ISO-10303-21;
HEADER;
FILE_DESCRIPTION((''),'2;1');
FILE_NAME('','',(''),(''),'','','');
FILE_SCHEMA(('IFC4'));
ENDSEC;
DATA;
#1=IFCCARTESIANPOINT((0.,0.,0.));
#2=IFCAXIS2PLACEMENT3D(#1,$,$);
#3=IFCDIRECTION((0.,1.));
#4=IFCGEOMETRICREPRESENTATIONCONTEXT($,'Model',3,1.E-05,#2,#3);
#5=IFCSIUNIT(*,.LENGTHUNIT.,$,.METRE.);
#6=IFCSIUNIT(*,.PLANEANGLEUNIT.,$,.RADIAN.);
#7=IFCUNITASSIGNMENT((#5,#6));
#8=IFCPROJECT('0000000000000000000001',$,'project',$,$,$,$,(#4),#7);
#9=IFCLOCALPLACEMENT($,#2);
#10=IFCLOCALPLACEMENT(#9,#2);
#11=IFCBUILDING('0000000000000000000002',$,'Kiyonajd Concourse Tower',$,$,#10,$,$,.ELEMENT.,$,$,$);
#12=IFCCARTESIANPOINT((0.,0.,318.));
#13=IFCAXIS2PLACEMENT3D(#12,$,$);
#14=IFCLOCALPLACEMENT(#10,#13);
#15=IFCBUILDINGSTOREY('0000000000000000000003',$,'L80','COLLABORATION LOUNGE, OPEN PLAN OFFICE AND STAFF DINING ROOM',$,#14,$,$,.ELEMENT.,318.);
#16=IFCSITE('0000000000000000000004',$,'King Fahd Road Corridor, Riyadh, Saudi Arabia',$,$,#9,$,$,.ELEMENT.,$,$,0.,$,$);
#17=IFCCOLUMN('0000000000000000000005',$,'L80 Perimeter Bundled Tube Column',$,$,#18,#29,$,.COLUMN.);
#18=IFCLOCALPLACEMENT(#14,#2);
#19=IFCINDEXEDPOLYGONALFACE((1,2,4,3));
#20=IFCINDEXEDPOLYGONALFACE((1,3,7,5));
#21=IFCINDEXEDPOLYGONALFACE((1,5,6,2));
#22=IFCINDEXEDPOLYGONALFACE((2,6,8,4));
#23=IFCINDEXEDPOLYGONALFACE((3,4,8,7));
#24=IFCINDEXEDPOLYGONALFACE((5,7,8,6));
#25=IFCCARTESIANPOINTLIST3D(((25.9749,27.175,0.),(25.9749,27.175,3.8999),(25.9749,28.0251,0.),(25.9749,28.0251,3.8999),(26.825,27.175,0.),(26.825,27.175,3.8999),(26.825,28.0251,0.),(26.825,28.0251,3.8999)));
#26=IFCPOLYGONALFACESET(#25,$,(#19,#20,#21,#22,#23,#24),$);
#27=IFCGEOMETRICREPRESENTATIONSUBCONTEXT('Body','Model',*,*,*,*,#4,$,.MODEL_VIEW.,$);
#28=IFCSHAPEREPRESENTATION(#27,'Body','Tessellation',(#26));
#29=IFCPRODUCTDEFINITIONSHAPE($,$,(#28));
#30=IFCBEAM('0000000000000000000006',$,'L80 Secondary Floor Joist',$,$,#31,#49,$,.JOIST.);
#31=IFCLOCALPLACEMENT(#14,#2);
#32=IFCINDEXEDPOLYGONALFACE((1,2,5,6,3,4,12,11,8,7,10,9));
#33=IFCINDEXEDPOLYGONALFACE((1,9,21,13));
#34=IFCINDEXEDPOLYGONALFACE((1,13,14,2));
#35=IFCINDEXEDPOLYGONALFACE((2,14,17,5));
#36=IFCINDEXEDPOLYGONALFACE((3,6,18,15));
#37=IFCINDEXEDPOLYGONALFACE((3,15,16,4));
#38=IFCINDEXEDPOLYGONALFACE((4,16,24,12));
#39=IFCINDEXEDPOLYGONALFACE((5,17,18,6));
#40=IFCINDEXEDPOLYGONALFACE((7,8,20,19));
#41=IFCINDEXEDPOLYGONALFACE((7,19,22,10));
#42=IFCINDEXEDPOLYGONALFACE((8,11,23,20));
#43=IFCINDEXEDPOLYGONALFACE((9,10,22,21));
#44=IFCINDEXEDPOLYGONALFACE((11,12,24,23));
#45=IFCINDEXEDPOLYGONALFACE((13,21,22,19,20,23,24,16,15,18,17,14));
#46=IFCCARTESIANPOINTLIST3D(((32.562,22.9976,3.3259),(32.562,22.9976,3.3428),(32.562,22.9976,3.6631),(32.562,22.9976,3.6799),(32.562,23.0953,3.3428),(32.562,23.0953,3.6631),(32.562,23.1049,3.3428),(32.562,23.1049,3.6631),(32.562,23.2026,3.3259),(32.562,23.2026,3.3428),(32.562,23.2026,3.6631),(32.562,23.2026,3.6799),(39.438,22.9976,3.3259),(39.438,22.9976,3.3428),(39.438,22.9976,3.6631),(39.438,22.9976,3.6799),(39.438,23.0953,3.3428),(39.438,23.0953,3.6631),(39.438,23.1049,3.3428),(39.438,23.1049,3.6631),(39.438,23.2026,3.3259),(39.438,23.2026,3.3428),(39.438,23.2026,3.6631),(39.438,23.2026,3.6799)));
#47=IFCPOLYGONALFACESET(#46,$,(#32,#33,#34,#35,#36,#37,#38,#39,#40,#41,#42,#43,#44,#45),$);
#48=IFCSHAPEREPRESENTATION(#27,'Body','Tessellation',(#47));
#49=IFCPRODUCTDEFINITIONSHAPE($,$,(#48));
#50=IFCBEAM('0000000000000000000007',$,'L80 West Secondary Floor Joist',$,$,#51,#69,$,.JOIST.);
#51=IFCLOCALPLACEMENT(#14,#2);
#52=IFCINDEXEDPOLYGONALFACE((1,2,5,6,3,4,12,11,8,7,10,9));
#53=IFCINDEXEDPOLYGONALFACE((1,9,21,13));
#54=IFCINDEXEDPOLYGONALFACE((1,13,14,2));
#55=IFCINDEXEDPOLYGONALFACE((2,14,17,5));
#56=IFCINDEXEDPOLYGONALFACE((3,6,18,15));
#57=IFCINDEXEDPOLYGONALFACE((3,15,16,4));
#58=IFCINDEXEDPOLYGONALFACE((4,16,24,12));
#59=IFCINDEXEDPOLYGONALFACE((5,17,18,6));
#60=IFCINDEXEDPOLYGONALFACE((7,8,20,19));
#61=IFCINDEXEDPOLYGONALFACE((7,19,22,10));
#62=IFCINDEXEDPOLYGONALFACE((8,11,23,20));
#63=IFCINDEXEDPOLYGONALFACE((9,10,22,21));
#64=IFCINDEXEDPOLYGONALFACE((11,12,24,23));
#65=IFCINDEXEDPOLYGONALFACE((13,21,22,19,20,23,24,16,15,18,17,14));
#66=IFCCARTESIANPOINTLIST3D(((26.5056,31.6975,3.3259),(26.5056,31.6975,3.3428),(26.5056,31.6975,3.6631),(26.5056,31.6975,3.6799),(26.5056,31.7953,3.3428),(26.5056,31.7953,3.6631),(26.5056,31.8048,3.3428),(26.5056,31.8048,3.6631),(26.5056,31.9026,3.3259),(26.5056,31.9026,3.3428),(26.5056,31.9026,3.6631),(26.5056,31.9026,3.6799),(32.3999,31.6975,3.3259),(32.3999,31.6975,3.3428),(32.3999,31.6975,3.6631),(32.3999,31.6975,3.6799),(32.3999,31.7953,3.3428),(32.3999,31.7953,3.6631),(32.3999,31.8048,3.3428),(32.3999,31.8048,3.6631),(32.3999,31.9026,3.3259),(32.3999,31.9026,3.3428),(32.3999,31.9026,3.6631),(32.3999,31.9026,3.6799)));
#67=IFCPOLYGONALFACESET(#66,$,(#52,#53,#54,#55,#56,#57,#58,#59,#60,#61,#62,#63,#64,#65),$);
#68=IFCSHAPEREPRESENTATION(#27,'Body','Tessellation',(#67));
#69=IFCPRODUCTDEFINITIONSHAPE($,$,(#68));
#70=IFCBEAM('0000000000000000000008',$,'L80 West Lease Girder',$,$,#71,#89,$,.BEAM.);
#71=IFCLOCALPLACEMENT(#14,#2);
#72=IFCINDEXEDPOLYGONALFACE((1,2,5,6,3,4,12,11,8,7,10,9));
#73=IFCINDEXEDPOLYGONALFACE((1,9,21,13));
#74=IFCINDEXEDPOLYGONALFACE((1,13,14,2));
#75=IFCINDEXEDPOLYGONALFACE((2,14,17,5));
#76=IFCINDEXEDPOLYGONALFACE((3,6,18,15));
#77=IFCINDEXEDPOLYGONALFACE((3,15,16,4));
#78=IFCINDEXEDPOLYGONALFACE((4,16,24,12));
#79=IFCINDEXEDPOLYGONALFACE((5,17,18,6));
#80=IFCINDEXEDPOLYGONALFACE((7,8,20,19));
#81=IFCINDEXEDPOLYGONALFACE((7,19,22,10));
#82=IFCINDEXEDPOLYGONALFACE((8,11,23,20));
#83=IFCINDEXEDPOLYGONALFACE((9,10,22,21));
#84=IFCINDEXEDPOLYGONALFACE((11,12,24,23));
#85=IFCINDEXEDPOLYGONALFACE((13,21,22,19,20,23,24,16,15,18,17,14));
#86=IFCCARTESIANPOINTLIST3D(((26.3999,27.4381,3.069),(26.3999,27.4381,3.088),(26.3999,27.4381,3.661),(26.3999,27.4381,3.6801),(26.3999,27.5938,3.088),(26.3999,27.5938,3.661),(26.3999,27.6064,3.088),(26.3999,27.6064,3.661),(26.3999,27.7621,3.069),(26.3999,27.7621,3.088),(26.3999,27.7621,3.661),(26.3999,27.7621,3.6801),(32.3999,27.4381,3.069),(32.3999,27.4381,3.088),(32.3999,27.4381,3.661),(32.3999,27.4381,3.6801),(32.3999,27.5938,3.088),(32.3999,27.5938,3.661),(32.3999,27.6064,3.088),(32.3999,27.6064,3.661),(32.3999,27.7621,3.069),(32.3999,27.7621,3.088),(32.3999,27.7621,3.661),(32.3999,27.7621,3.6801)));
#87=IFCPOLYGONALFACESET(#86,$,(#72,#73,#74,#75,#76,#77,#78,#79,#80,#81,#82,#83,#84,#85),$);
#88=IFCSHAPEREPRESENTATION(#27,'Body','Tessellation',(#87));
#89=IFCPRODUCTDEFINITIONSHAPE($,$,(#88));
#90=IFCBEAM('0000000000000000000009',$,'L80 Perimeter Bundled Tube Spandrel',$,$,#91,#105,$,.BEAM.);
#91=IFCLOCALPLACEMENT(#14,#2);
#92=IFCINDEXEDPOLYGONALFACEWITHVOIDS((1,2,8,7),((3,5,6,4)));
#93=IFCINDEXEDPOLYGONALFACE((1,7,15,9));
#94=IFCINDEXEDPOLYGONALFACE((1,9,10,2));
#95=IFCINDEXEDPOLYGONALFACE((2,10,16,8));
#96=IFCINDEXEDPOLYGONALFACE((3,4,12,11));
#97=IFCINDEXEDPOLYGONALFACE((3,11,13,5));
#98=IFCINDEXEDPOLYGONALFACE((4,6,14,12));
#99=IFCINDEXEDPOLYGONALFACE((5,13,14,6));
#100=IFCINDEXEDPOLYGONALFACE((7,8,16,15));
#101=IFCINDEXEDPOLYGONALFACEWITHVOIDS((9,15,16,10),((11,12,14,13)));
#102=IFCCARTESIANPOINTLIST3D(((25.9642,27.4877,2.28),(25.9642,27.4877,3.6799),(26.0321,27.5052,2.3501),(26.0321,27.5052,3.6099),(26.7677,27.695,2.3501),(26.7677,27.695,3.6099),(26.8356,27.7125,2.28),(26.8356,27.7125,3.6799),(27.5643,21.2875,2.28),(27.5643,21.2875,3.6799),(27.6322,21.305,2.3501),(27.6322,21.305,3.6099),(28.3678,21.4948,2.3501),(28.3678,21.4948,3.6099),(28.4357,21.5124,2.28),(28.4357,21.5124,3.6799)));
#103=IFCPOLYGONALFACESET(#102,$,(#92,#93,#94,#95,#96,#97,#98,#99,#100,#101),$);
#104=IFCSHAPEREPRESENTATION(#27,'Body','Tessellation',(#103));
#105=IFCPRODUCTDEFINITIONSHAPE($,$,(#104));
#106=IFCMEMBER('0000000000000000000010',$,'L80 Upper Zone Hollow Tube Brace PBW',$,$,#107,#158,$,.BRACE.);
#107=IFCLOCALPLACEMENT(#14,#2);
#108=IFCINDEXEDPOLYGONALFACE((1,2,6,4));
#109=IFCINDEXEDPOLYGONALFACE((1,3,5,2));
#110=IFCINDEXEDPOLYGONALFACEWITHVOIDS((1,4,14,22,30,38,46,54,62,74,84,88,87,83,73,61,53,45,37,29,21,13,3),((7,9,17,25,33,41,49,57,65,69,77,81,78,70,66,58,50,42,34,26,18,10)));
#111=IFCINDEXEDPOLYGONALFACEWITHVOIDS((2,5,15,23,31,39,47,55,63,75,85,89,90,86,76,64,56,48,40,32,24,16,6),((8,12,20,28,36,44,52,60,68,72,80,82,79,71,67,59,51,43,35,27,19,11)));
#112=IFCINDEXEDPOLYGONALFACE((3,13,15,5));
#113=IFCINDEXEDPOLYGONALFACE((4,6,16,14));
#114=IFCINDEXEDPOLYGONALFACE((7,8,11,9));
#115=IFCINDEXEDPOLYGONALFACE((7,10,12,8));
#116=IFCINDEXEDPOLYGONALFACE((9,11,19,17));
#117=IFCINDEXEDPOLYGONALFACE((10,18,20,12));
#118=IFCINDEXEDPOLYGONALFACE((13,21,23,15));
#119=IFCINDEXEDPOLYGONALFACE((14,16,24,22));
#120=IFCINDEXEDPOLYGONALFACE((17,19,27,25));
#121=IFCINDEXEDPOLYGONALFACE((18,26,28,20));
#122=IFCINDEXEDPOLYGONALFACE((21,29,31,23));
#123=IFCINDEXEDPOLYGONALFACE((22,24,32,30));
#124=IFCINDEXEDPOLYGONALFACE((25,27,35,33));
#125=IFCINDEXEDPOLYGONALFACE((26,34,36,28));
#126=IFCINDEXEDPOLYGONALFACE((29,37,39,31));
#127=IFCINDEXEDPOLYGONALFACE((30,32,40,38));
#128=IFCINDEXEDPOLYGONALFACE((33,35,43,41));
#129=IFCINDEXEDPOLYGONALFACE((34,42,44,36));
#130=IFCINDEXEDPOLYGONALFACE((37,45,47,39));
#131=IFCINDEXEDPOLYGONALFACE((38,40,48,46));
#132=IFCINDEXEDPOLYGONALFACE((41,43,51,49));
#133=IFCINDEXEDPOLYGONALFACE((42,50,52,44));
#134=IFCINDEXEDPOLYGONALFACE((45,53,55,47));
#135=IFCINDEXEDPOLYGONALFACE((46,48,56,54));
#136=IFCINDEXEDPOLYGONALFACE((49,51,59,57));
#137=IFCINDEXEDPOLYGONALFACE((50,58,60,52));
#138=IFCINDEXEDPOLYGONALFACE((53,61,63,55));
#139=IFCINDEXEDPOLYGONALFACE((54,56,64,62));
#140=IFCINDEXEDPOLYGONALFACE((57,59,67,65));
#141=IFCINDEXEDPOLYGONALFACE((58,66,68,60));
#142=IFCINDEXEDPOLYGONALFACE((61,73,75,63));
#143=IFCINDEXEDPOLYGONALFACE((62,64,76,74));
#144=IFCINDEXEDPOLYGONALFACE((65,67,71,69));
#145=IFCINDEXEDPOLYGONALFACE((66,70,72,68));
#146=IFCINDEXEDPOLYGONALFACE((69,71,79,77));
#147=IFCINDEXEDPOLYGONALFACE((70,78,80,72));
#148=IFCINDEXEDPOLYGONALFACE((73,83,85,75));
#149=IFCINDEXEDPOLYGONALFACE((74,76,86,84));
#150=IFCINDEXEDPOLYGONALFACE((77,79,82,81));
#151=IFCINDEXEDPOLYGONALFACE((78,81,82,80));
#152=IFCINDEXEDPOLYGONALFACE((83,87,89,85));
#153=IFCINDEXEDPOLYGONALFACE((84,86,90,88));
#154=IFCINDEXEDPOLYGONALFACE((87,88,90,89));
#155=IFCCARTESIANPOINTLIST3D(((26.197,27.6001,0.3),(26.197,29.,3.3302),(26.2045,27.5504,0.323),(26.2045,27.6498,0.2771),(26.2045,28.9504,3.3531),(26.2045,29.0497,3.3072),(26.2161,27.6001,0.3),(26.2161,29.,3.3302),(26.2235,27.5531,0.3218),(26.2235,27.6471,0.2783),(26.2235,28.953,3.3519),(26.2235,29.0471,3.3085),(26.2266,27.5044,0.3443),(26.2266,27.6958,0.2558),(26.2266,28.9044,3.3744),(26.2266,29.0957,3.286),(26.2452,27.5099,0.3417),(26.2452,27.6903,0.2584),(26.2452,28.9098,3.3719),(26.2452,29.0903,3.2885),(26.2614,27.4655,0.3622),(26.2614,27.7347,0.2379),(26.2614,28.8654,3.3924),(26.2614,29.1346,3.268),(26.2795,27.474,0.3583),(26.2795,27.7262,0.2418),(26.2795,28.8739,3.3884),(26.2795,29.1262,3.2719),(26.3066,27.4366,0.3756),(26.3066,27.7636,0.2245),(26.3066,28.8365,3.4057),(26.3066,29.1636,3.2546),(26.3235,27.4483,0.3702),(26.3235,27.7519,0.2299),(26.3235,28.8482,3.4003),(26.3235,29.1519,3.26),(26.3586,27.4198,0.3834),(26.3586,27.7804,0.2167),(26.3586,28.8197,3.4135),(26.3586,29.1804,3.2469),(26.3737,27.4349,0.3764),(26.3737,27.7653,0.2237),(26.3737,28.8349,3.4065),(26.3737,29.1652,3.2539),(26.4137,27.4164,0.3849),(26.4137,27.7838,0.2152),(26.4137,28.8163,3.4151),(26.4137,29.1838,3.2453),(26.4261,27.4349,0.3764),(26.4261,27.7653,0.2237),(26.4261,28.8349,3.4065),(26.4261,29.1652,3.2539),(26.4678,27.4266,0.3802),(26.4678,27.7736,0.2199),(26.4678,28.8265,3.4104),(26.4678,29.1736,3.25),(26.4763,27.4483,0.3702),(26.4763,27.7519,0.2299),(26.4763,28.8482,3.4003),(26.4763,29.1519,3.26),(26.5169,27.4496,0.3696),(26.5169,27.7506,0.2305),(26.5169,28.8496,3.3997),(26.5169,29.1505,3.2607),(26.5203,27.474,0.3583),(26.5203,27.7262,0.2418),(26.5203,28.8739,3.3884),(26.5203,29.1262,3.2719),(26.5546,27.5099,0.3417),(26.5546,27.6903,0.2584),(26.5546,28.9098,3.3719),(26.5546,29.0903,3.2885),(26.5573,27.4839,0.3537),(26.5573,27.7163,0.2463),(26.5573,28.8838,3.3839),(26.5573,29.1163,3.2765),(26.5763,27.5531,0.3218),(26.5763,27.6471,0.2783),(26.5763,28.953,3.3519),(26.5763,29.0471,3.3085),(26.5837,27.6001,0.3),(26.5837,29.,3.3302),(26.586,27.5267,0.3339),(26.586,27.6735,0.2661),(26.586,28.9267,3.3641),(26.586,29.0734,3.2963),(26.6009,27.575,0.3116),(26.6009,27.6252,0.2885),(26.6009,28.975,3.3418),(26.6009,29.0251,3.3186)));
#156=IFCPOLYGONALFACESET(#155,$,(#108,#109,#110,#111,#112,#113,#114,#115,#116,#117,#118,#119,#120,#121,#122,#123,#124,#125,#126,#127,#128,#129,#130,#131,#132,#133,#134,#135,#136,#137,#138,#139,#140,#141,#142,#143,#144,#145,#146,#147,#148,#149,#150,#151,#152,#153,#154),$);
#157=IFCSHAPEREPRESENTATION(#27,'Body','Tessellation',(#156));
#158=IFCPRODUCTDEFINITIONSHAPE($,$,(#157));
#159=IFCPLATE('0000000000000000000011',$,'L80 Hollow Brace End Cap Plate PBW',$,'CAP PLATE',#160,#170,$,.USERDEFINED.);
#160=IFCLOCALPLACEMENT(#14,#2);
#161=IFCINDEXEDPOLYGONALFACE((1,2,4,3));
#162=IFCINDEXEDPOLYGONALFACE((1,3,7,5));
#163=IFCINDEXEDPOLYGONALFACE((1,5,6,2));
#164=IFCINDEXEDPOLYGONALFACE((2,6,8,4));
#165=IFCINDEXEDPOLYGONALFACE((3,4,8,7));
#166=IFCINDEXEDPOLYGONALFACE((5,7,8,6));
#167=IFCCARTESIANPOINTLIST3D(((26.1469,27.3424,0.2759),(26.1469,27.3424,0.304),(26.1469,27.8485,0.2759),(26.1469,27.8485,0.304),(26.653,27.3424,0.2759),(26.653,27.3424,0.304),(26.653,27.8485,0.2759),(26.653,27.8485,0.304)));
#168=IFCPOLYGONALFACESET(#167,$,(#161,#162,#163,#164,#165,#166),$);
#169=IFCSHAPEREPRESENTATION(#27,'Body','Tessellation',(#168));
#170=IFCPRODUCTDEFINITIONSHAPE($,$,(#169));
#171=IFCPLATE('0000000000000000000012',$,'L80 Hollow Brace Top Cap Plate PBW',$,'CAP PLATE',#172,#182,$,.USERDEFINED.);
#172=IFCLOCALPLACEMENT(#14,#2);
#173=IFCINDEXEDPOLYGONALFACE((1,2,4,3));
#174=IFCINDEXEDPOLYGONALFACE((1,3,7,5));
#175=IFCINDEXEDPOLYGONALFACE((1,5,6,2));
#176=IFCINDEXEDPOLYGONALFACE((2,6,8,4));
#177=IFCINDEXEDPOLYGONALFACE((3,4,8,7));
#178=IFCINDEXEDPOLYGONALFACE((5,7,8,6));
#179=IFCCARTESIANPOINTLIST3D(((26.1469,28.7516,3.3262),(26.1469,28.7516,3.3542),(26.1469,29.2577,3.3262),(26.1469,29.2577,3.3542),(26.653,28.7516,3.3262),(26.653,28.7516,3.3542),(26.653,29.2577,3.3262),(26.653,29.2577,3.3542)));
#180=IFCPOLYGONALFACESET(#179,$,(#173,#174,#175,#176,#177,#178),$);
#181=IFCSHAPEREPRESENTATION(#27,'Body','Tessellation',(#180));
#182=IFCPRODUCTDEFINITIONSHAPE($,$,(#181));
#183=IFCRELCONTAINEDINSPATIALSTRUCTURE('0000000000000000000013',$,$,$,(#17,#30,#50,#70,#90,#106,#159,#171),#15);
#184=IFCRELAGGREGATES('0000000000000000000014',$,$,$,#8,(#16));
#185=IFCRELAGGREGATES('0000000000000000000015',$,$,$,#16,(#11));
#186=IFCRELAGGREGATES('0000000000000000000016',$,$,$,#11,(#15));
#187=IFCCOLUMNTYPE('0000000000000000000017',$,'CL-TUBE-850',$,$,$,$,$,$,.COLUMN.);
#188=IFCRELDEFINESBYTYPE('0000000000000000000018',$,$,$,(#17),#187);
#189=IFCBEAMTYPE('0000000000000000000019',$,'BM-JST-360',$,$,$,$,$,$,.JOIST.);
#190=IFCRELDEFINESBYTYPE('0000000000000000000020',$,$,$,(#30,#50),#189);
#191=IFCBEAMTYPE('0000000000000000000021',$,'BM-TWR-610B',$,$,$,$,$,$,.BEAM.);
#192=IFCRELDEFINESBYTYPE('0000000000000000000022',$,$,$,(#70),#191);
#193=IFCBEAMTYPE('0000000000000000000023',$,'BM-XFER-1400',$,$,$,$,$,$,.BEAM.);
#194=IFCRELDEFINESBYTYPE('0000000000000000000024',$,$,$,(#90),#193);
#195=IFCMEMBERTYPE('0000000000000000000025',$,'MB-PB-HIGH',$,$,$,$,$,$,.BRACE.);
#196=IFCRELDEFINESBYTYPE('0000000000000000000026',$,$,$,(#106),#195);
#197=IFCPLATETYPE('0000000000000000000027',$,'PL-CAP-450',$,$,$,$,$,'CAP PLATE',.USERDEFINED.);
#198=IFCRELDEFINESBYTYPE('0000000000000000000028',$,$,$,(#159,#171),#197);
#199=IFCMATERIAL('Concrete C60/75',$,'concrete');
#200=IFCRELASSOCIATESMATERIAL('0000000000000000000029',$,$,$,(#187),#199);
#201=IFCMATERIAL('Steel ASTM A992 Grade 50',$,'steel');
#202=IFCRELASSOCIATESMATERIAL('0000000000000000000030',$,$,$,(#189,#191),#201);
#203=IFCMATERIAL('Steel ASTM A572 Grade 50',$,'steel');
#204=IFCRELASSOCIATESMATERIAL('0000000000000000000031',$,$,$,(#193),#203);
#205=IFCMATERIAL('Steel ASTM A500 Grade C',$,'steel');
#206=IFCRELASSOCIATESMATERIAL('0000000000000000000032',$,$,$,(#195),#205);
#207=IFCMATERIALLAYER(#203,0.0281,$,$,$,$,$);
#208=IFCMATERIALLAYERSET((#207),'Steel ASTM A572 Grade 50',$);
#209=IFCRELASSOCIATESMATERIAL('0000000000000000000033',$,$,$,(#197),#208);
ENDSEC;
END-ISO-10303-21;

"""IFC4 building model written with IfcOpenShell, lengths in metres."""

from ifc_helpers import new_model, si_unit, direction, frame, origin, origin_2d, place, context, subcontext, project, spatial, rectangle, hollow_rectangle, hollow_circle, i_section, extrude, material, layer, layer_set, material_profile, profile_set, type_object, element, save


model = new_model("IFC4")

# Units and contexts
model_context = context("Model", 3, precision=1e-05, world=origin(), true_north=direction((0.0, 1.0)))
body_context = subcontext(model_context, "Body", "Model", "MODEL_VIEW")
ifc_project = project(units=[si_unit("LENGTHUNIT", "METRE"), si_unit("PLANEANGLEUNIT", "RADIAN")], contexts=[model_context])

# Site, building, storey
site_placement = place(None, origin())
site = spatial("IfcSite", under=ifc_project, at=site_placement, Name="King Fahd Road Corridor, Riyadh, Saudi Arabia", CompositionType="ELEMENT", RefElevation=0.0)
building_placement = place(site_placement, origin())
building = spatial("IfcBuilding", under=site, at=building_placement, Name="Kiyonajd Concourse Tower", CompositionType="ELEMENT")
storey_placement = place(building_placement, frame((0.0, 0.0, 318.0)))
storey = spatial("IfcBuildingStorey", under=building, at=storey_placement, Name="L80", Description="COLLABORATION LOUNGE, OPEN PLAN OFFICE AND STAFF DINING ROOM", CompositionType="ELEMENT", Elevation=318.0)

# Column
ifc_material_1 = material(Name="Concrete C60/75", Category="concrete")
ifc_material_profile_1 = material_profile(ifc_material_1, rectangle(XDim=0.8501, YDim=0.8501, at=origin_2d()), Name="RC-850x850")
ifc_profile_set_1 = profile_set([ifc_material_profile_1], Name="Concrete C60/75")
column_type = type_object("IfcColumnType", Name="CL-TUBE-850", PredefinedType="COLUMN", material=ifc_profile_set_1)
column_placement = place(storey_placement, frame((26.3999, 27.6001, 0.0), z_axis=(0.0, 0.0, 1.0), x_axis=(1.0, 0.0, 0.0)))
element("IfcColumn", 1, at=column_placement, inside=storey, type_object=column_type, Name="L80 Perimeter Bundled Tube Column", PredefinedType="COLUMN", context=body_context, shape_type="SweptSolid", body=[
    extrude(rectangle(XDim=0.8501, YDim=0.8501, at=origin_2d()), origin(), (0.0, 0.0, 1.0), 3.8999),
])

# Beams
ifc_material_2 = material(Name="Steel ASTM A992 Grade 50", Category="steel")
ifc_material_profile_2 = material_profile(ifc_material_2, i_section(OverallWidth=0.2051, OverallDepth=0.354, WebThickness=0.0095, FlangeThickness=0.0168, at=origin_2d()), Name="W360X79")
ifc_profile_set_2 = profile_set([ifc_material_profile_2], Name="Steel ASTM A992 Grade 50")
beam_type_1 = type_object("IfcBeamType", Name="BM-JST-360", PredefinedType="JOIST", material=ifc_profile_set_2)
beam_1_placement = place(storey_placement, frame((32.562, 23.1001, 3.5029), z_axis=(1.0, 0.0, 0.0), x_axis=(0.0, 1.0, 0.0)))
element("IfcBeam", 2, at=beam_1_placement, inside=storey, type_object=beam_type_1, Name="L80 Secondary Floor Joist", PredefinedType="JOIST", context=body_context, shape_type="SweptSolid", body=[
    extrude(i_section(OverallWidth=0.2051, OverallDepth=0.354, WebThickness=0.0095, FlangeThickness=0.0168, at=origin_2d()), origin(), (0.0, 0.0, 1.0), 6.876),
])
beam_2_placement = place(storey_placement, frame((26.5056, 31.8, 3.5029), z_axis=(1.0, 0.0, 0.0), x_axis=(0.0, 1.0, 0.0)))
element("IfcBeam", 3, at=beam_2_placement, inside=storey, type_object=beam_type_1, Name="L80 West Secondary Floor Joist", PredefinedType="JOIST", context=body_context, shape_type="SweptSolid", body=[
    extrude(i_section(OverallWidth=0.2051, OverallDepth=0.354, WebThickness=0.0095, FlangeThickness=0.0168, at=origin_2d()), origin(), (0.0, 0.0, 1.0), 5.8943),
])
ifc_material_profile_3 = material_profile(ifc_material_2, i_section(OverallWidth=0.324, OverallDepth=0.6111, WebThickness=0.0127, FlangeThickness=0.019, at=origin_2d()), Name="W610X155")
ifc_profile_set_3 = profile_set([ifc_material_profile_3], Name="Steel ASTM A992 Grade 50")
beam_type_2 = type_object("IfcBeamType", Name="BM-TWR-610B", PredefinedType="BEAM", material=ifc_profile_set_3)
beam_3_placement = place(storey_placement, frame((26.3999, 27.6001, 3.3745), z_axis=(1.0, 0.0, 0.0), x_axis=(0.0, 1.0, 0.0)))
element("IfcBeam", 4, at=beam_3_placement, inside=storey, type_object=beam_type_2, Name="L80 West Lease Girder", PredefinedType="BEAM", context=body_context, shape_type="SweptSolid", body=[
    extrude(i_section(OverallWidth=0.324, OverallDepth=0.6111, WebThickness=0.0127, FlangeThickness=0.019, at=origin_2d()), origin(), (0.0, 0.0, 1.0), 6.0),
])
ifc_material_3 = material(Name="Steel ASTM A572 Grade 50", Category="steel")
ifc_material_profile_4 = material_profile(ifc_material_3, hollow_rectangle(XDim=0.8999, YDim=1.3999, WallThickness=0.0701, at=origin_2d()), Name="BOX-1400x900x70")
ifc_profile_set_4 = profile_set([ifc_material_profile_4], Name="Steel ASTM A572 Grade 50")
beam_type_3 = type_object("IfcBeamType", Name="BM-XFER-1400", PredefinedType="BEAM", material=ifc_profile_set_4)
beam_4_placement = place(storey_placement, frame((26.3999, 27.6001, 2.98), z_axis=(0.249885, -0.968276, 0.0), x_axis=(0.968276, 0.249885, 0.0)))
element("IfcBeam", 5, at=beam_4_placement, inside=storey, type_object=beam_type_3, Name="L80 Perimeter Bundled Tube Spandrel", PredefinedType="BEAM", context=body_context, shape_type="SweptSolid", body=[
    extrude(hollow_rectangle(XDim=0.8999, YDim=1.3999, WallThickness=0.0701, at=origin_2d()), origin(), (0.0, 0.0, 1.0), 6.4033),
])

# Member
ifc_material_4 = material(Name="Steel ASTM A500 Grade C", Category="steel")
ifc_material_profile_5 = material_profile(ifc_material_4, hollow_circle(Radius=0.2029, WallThickness=0.019, at=origin_2d()), Name="CHS-406x19")
ifc_profile_set_5 = profile_set([ifc_material_profile_5], Name="Steel ASTM A500 Grade C")
member_type = type_object("IfcMemberType", Name="MB-PB-HIGH", PredefinedType="BRACE", material=ifc_profile_set_5)
member_placement = place(storey_placement, frame((26.3999, 27.6001, 0.3), z_axis=(0.0, 0.419411, 0.907797), x_axis=(-1.0, 0.0, 0.0)))
element("IfcMember", 6, at=member_placement, inside=storey, type_object=member_type, Name="L80 Upper Zone Hollow Tube Brace PBW", PredefinedType="BRACE", context=body_context, shape_type="SweptSolid", body=[
    extrude(hollow_circle(Radius=0.2029, WallThickness=0.019, at=origin_2d()), origin(), (0.0, 0.0, 1.0), 3.3379),
])

# Plates
ifc_layer_1 = layer(ifc_material_3, 0.0281)
ifc_layer_set_1 = layer_set([ifc_layer_1], Name="Steel ASTM A572 Grade 50")
plate_type_1 = type_object("IfcPlateType", Name="PL-CAP-450", ElementType="CAP PLATE", PredefinedType="USERDEFINED", material=ifc_layer_set_1)
for number, where, z_axis, x_axis, name in (
    (7, (26.3999, 27.5955, 0.2759), (0.0, 0.0, 1.0), (1.0, 0.0, 0.0), "L80 Hollow Brace End Cap Plate PBW"),
    (8, (26.3999, 29.0046, 3.3262), (0.0, 0.0, 1.0), (1.0, 0.0, 0.0), "L80 Hollow Brace Top Cap Plate PBW"),
):
    element("IfcPlate", number, at=place(storey_placement, frame(where, z_axis=z_axis, x_axis=x_axis)), inside=storey, type_object=plate_type_1, Name=name, ObjectType="CAP PLATE", PredefinedType="USERDEFINED", context=body_context, shape_type="SweptSolid", body=[
        extrude(rectangle(XDim=0.5061, YDim=0.5061, at=origin_2d()), origin(), (0.0, 0.0, 1.0), 0.0281),
    ])

save(model, "model.ifc")
